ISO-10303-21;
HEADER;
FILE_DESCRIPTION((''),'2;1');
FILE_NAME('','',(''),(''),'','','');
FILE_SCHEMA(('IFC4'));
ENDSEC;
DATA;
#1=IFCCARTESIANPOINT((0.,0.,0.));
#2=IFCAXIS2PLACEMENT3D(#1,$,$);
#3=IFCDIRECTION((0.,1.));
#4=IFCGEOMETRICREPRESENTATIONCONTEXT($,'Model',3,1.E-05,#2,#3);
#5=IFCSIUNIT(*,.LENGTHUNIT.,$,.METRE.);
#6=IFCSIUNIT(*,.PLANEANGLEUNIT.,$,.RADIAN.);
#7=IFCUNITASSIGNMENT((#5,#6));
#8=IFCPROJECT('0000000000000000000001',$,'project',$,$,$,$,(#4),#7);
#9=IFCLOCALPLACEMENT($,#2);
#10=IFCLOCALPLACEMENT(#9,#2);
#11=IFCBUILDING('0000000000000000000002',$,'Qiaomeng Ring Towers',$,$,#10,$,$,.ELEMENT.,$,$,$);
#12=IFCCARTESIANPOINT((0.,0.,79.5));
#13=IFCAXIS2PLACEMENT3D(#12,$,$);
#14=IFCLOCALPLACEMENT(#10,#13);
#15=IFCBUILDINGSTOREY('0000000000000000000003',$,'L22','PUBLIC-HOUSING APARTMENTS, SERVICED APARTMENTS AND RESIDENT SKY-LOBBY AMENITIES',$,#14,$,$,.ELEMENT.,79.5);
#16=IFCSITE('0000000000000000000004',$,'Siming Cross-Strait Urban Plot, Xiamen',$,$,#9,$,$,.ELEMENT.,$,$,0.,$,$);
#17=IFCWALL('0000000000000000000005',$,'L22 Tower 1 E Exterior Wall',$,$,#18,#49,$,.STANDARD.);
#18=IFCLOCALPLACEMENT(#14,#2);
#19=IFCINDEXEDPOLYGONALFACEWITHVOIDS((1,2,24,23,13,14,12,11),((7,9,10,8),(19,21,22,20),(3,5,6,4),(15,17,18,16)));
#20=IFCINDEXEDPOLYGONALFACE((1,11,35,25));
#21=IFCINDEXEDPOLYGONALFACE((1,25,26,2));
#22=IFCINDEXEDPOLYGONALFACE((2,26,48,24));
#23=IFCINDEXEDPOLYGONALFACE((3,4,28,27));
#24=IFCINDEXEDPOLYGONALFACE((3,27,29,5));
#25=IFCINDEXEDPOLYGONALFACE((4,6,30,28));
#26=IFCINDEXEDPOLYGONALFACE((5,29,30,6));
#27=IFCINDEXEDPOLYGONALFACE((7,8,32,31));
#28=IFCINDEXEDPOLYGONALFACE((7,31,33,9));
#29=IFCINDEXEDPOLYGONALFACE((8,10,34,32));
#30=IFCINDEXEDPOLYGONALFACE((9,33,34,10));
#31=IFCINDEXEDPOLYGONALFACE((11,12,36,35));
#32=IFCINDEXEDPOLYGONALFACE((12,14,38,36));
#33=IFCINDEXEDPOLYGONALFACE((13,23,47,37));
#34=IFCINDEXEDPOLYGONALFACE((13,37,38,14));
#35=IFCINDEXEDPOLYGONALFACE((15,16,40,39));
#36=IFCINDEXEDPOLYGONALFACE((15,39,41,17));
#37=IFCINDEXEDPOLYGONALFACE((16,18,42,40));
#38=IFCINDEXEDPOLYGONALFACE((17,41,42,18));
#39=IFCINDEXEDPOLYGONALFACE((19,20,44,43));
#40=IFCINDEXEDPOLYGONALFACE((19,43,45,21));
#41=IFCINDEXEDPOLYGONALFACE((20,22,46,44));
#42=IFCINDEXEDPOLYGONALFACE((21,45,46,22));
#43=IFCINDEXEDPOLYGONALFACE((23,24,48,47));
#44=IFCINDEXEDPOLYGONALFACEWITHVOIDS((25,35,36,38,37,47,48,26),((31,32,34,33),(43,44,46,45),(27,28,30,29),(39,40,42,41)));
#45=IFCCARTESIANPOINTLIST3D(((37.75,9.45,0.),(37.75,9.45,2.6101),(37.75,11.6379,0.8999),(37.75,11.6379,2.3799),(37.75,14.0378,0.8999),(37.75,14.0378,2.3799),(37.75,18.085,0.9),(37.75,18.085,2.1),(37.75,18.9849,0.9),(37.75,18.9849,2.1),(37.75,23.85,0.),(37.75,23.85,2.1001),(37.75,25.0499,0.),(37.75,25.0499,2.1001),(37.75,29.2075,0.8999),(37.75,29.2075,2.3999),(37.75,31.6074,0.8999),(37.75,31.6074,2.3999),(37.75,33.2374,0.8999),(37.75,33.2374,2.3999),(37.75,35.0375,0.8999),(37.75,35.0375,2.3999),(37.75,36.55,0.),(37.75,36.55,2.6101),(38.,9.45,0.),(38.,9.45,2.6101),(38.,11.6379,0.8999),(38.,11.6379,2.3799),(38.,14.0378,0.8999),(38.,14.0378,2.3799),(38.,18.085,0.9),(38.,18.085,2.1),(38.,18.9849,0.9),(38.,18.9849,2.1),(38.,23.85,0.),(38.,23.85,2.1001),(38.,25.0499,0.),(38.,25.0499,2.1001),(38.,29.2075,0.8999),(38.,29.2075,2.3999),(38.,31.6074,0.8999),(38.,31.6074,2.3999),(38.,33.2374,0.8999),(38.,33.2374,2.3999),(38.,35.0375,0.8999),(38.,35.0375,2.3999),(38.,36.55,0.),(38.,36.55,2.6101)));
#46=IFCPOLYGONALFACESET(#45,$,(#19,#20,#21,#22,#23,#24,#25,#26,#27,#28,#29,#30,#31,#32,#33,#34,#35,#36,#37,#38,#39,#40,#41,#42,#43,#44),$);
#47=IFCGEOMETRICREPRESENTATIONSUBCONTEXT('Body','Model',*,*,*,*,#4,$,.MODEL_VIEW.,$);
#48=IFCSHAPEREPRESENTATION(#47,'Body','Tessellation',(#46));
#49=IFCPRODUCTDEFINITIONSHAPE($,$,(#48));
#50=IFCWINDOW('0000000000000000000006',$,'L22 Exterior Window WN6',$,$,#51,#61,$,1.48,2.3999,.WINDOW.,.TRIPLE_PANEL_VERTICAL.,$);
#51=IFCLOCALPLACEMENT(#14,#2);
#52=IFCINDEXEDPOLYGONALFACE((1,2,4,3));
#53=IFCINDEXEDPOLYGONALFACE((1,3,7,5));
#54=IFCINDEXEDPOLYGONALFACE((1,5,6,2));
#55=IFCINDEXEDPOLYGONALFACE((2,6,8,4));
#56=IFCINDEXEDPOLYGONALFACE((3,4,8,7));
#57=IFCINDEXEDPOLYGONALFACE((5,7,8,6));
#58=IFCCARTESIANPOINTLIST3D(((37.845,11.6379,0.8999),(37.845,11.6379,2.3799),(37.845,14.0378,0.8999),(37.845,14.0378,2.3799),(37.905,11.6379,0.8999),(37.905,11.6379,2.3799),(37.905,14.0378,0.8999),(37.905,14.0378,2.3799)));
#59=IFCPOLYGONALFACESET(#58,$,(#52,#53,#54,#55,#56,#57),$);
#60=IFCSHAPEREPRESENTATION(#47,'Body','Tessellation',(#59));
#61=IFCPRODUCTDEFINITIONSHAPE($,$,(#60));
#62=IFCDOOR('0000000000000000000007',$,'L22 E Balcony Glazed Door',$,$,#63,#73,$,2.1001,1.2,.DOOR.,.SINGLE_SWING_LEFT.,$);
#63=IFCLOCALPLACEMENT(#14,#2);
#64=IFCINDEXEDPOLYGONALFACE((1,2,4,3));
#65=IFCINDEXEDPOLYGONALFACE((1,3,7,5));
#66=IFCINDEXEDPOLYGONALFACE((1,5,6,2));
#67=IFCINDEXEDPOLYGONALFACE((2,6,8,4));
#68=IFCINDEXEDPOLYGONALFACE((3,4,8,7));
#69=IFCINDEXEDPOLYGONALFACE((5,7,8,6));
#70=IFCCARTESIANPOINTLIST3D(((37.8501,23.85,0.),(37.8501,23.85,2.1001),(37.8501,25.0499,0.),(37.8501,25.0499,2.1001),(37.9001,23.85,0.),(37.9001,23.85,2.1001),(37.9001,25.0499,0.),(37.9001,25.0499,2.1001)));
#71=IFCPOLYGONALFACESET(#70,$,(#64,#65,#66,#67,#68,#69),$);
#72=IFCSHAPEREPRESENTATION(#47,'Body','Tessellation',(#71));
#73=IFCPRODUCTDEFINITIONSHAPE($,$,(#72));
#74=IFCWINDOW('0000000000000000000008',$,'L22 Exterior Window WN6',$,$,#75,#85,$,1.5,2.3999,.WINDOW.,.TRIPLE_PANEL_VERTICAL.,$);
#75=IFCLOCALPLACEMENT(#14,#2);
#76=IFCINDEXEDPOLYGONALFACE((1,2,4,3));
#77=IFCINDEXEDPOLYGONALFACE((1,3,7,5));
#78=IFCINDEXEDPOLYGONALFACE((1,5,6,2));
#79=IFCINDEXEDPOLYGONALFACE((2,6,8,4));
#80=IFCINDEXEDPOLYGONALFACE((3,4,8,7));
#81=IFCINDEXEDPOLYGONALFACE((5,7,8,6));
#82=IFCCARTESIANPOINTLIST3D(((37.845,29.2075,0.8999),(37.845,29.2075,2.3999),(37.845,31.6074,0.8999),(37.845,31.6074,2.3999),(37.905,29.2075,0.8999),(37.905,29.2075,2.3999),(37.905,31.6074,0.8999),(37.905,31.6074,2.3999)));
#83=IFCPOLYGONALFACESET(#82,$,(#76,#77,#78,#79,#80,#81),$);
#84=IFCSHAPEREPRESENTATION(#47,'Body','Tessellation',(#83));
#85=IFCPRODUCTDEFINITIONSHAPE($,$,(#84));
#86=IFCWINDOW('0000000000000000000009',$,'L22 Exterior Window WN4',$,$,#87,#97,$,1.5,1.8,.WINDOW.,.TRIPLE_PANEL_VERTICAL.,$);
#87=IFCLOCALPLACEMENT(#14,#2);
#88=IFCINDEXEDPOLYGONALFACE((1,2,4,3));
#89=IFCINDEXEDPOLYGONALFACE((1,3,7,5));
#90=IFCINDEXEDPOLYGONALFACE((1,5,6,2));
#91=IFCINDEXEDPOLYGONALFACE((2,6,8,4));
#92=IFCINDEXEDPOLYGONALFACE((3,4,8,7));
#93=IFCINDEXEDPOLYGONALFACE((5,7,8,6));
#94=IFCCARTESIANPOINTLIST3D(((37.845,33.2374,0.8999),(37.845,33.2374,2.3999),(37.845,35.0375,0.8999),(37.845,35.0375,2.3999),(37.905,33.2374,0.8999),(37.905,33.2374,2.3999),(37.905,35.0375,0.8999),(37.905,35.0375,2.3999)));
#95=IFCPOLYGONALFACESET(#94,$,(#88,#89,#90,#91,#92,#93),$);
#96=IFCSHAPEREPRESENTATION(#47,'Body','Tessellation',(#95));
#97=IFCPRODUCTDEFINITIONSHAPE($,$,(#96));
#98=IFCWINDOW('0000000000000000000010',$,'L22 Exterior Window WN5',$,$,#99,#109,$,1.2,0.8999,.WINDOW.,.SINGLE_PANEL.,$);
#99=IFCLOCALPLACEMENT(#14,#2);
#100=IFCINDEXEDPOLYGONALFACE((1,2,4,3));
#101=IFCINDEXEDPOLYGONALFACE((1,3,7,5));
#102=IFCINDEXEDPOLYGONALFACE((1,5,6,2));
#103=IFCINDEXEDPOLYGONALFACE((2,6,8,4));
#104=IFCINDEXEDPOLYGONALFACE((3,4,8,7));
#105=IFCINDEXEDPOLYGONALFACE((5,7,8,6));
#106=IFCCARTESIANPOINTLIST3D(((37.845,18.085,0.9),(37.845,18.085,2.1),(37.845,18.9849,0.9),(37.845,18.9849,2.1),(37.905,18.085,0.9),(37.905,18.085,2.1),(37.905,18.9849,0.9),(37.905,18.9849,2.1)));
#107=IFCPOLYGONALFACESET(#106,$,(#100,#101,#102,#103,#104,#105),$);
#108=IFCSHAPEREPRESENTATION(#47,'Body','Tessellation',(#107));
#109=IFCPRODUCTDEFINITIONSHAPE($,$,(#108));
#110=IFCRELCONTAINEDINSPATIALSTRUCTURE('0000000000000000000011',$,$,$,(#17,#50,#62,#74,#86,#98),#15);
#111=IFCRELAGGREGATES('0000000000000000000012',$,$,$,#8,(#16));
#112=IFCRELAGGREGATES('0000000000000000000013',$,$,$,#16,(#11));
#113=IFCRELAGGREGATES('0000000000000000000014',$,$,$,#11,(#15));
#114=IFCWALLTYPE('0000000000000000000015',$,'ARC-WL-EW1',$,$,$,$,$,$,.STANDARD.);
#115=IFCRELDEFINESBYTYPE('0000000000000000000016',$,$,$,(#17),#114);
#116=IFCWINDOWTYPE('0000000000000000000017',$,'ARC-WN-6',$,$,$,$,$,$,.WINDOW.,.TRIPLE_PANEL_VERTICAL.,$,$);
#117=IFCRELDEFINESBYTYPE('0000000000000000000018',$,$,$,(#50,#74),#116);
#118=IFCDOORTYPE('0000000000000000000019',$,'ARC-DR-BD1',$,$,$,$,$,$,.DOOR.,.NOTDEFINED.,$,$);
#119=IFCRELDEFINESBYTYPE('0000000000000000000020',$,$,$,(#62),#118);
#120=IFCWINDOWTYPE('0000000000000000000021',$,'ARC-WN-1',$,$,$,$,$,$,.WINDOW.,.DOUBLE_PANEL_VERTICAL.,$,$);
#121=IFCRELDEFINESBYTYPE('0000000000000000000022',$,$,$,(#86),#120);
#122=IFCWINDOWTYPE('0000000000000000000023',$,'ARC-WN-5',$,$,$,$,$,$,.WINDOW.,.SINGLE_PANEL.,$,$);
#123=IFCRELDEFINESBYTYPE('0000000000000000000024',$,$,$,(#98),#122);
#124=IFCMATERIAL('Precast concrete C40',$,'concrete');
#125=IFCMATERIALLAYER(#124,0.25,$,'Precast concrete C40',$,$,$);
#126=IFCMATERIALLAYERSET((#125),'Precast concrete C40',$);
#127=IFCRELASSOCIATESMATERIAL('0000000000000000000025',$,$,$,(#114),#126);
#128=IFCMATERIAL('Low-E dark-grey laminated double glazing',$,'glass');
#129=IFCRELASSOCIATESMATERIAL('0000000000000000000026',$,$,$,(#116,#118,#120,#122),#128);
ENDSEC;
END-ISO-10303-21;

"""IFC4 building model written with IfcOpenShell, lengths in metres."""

from ifc_helpers import new_model, si_unit, direction, frame, frame_2d, origin, place, context, subcontext, project, spatial, rectangle, extrude, source, transform, mapped, material, layer, layer_set, type_object, element, fill, save


model = new_model("IFC4")

# Units and contexts
model_context = context("Model", 3, precision=1e-05, world=origin(), true_north=direction((0.0, 1.0)))
body_context = subcontext(model_context, "Body", "Model", "MODEL_VIEW")
ifc_project = project(units=[si_unit("LENGTHUNIT", "METRE"), si_unit("PLANEANGLEUNIT", "RADIAN")], contexts=[model_context])

# Site, building, storey
site_placement = place(None, origin())
site = spatial("IfcSite", under=ifc_project, at=site_placement, Name="Siming Cross-Strait Urban Plot, Xiamen", CompositionType="ELEMENT", RefElevation=0.0)
building_placement = place(site_placement, origin())
building = spatial("IfcBuilding", under=site, at=building_placement, Name="Qiaomeng Ring Towers", CompositionType="ELEMENT")
storey_placement = place(building_placement, frame((0.0, 0.0, 79.5)))
storey = spatial("IfcBuildingStorey", under=building, at=storey_placement, Name="L22", Description="PUBLIC-HOUSING APARTMENTS, SERVICED APARTMENTS AND RESIDENT SKY-LOBBY AMENITIES", CompositionType="ELEMENT", Elevation=79.5)

# Shared definitions
ifc_material_1 = material(Name="Low-E dark-grey laminated double glazing", Category="glass")

# Wall, openings, windows, door
ifc_material_2 = material(Name="Precast concrete C40", Category="concrete")
ifc_layer_1 = layer(ifc_material_2, 0.25, Name="Precast concrete C40")
ifc_layer_set_1 = layer_set([ifc_layer_1], Name="Precast concrete C40")
wall_type_1 = type_object("IfcWallType", Name="ARC-WL-EW1", PredefinedType="STANDARD", material=ifc_layer_set_1)
wall_1_placement = place(storey_placement, frame((37.875, 9.45, 0.0), z_axis=(0.0, 0.0, 1.0), x_axis=(0.0, 1.0, 0.0)))
wall_1 = element("IfcWall", 1, at=wall_1_placement, inside=storey, type_object=wall_type_1, Name="L22 Tower 1 E Exterior Wall", PredefinedType="STANDARD", context=body_context, shape_type="SweptSolid", body=[
    extrude(rectangle(XDim=27.1001, YDim=0.25, at=frame_2d((13.55, 0.0))), origin(), (0.0, 0.0, 1.0), 2.6101),
])
opening_1_placement = place(wall_1_placement, frame((14.3999, 0.0, 0.0)))
opening_1 = element("IfcOpeningElement", 2, at=opening_1_placement, cuts=wall_1, PredefinedType="OPENING", context=body_context, shape_type="SweptSolid", body=[
    extrude(rectangle(XDim=1.2, YDim=2.1001, at=frame_2d((0.6001, 1.05))), frame((0.0, 0.135, 0.0), z_axis=(0.0, -1.0, 0.0), x_axis=(1.0, 0.0, 0.0)), (0.0, 0.0, 1.0), 0.27),
])
opening_2_placement = place(wall_1_placement, frame((2.188, 0.0, 0.8999)))
opening_2 = element("IfcOpeningElement", 3, at=opening_2_placement, cuts=wall_1, PredefinedType="OPENING", context=body_context, shape_type="SweptSolid", body=[
    extrude(rectangle(XDim=2.3999, YDim=1.48, at=frame_2d((1.2, 0.74))), frame((0.0, 0.135, 0.0), z_axis=(0.0, -1.0, 0.0), x_axis=(1.0, 0.0, 0.0)), (0.0, 0.0, 1.0), 0.27),
])
opening_3_placement = place(wall_1_placement, frame((23.7876, 0.0, 0.8999)))
opening_3 = element("IfcOpeningElement", 4, at=opening_3_placement, cuts=wall_1, PredefinedType="OPENING", context=body_context, shape_type="SweptSolid", body=[
    extrude(rectangle(XDim=1.8, YDim=1.5, at=frame_2d((0.8999, 0.75))), frame((0.0, 0.135, 0.0), z_axis=(0.0, -1.0, 0.0), x_axis=(1.0, 0.0, 0.0)), (0.0, 0.0, 1.0), 0.27),
])
opening_4_placement = place(wall_1_placement, frame((19.7576, 0.0, 0.8999)))
opening_4 = element("IfcOpeningElement", 5, at=opening_4_placement, cuts=wall_1, PredefinedType="OPENING", context=body_context, shape_type="SweptSolid", body=[
    extrude(rectangle(XDim=2.3999, YDim=1.5, at=frame_2d((1.2, 0.75))), frame((0.0, 0.135, 0.0), z_axis=(0.0, -1.0, 0.0), x_axis=(1.0, 0.0, 0.0)), (0.0, 0.0, 1.0), 0.27),
])
opening_5_placement = place(wall_1_placement, frame((8.635, 0.0, 0.8999)))
opening_5 = element("IfcOpeningElement", 6, at=opening_5_placement, cuts=wall_1, PredefinedType="OPENING", context=body_context, shape_type="SweptSolid", body=[
    extrude(rectangle(XDim=0.8999, YDim=1.2, at=frame_2d((0.45, 0.6001))), frame((0.0, 0.135, 0.0), z_axis=(0.0, -1.0, 0.0), x_axis=(1.0, 0.0, 0.0)), (0.0, 0.0, 1.0), 0.27),
])
window_type_1 = type_object("IfcWindowType", Name="ARC-WN-6", PartitioningType="TRIPLE_PANEL_VERTICAL", PredefinedType="WINDOW", material=ifc_material_1)
shared_shape_1 = source(origin(), body_context, "Body", "SweptSolid", [
    extrude(rectangle(XDim=2.3999, YDim=1.48, at=frame_2d((1.2, 0.74))), frame((0.0, 0.03, 0.0), z_axis=(0.0, -1.0, 0.0), x_axis=(1.0, 0.0, 0.0)), (0.0, 0.0, 1.0), 0.0601),
])
window_1_placement = place(opening_2_placement, origin())
window_1 = element("IfcWindow", 7, at=window_1_placement, inside=storey, type_object=window_type_1, Name="L22 Exterior Window WN6", OverallHeight=1.48, OverallWidth=2.3999, PartitioningType="TRIPLE_PANEL_VERTICAL", PredefinedType="WINDOW", context=body_context, shape_type="MappedRepresentation", body=[
    mapped(shared_shape_1, transform((0.0, 0.0, 0.0), x_axis=(1.0, 0.0, 0.0), y_axis=(0.0, 1.0, 0.0), z_axis=(0.0, 0.0, 1.0), scale=1.0)),
])
fill(opening_2, window_1)
door_type_1 = type_object("IfcDoorType", Name="ARC-DR-BD1", OperationType="NOTDEFINED", PredefinedType="DOOR", material=ifc_material_1)
shared_shape_2 = source(origin(), body_context, "Body", "SweptSolid", [
    extrude(rectangle(XDim=1.2, YDim=2.1001, at=frame_2d((0.6001, 1.05))), frame((0.0, 0.0249, 0.0), z_axis=(0.0, -1.0, 0.0), x_axis=(1.0, 0.0, 0.0)), (0.0, 0.0, 1.0), 0.05),
])
door_1_placement = place(opening_1_placement, origin())
door_1 = element("IfcDoor", 8, at=door_1_placement, inside=storey, type_object=door_type_1, Name="L22 E Balcony Glazed Door", OperationType="SINGLE_SWING_LEFT", OverallHeight=2.1001, OverallWidth=1.2, PredefinedType="DOOR", context=body_context, shape_type="MappedRepresentation", body=[
    mapped(shared_shape_2, transform((0.0, 0.0, 0.0), x_axis=(1.0, 0.0, 0.0), y_axis=(0.0, 1.0, 0.0), z_axis=(0.0, 0.0, 1.0), scale=1.0)),
])
fill(opening_1, door_1)
shared_shape_3 = source(origin(), body_context, "Body", "SweptSolid", [
    extrude(rectangle(XDim=2.3999, YDim=1.5, at=frame_2d((1.2, 0.75))), frame((0.0, 0.03, 0.0), z_axis=(0.0, -1.0, 0.0), x_axis=(1.0, 0.0, 0.0)), (0.0, 0.0, 1.0), 0.0601),
])
window_2_placement = place(opening_4_placement, origin())
window_2 = element("IfcWindow", 9, at=window_2_placement, inside=storey, type_object=window_type_1, Name="L22 Exterior Window WN6", OverallHeight=1.5, OverallWidth=2.3999, PartitioningType="TRIPLE_PANEL_VERTICAL", PredefinedType="WINDOW", context=body_context, shape_type="MappedRepresentation", body=[
    mapped(shared_shape_3, transform((0.0, 0.0, 0.0), x_axis=(1.0, 0.0, 0.0), y_axis=(0.0, 1.0, 0.0), z_axis=(0.0, 0.0, 1.0), scale=1.0)),
])
fill(opening_4, window_2)
window_type_2 = type_object("IfcWindowType", Name="ARC-WN-1", PartitioningType="DOUBLE_PANEL_VERTICAL", PredefinedType="WINDOW", material=ifc_material_1)
shared_shape_4 = source(origin(), body_context, "Body", "SweptSolid", [
    extrude(rectangle(XDim=1.8, YDim=1.5, at=frame_2d((0.8999, 0.75))), frame((0.0, 0.03, 0.0), z_axis=(0.0, -1.0, 0.0), x_axis=(1.0, 0.0, 0.0)), (0.0, 0.0, 1.0), 0.0601),
])
window_3_placement = place(opening_3_placement, origin())
window_3 = element("IfcWindow", 10, at=window_3_placement, inside=storey, type_object=window_type_2, Name="L22 Exterior Window WN4", OverallHeight=1.5, OverallWidth=1.8, PartitioningType="TRIPLE_PANEL_VERTICAL", PredefinedType="WINDOW", context=body_context, shape_type="MappedRepresentation", body=[
    mapped(shared_shape_4, transform((0.0, 0.0, 0.0), x_axis=(1.0, 0.0, 0.0), y_axis=(0.0, 1.0, 0.0), z_axis=(0.0, 0.0, 1.0), scale=1.0)),
])
fill(opening_3, window_3)
window_type_3 = type_object("IfcWindowType", Name="ARC-WN-5", PartitioningType="SINGLE_PANEL", PredefinedType="WINDOW", material=ifc_material_1)
shared_shape_5 = source(origin(), body_context, "Body", "SweptSolid", [
    extrude(rectangle(XDim=0.8999, YDim=1.2, at=frame_2d((0.45, 0.6001))), frame((0.0, 0.03, 0.0), z_axis=(0.0, -1.0, 0.0), x_axis=(1.0, 0.0, 0.0)), (0.0, 0.0, 1.0), 0.0601),
])
window_4_placement = place(opening_5_placement, origin())
window_4 = element("IfcWindow", 11, at=window_4_placement, inside=storey, type_object=window_type_3, Name="L22 Exterior Window WN5", OverallHeight=1.2, OverallWidth=0.8999, PartitioningType="SINGLE_PANEL", PredefinedType="WINDOW", context=body_context, shape_type="MappedRepresentation", body=[
    mapped(shared_shape_5, transform((0.0, 0.0, 0.0), x_axis=(1.0, 0.0, 0.0), y_axis=(0.0, 1.0, 0.0), z_axis=(0.0, 0.0, 1.0), scale=1.0)),
])
fill(opening_5, window_4)

save(model, "model.ifc")
